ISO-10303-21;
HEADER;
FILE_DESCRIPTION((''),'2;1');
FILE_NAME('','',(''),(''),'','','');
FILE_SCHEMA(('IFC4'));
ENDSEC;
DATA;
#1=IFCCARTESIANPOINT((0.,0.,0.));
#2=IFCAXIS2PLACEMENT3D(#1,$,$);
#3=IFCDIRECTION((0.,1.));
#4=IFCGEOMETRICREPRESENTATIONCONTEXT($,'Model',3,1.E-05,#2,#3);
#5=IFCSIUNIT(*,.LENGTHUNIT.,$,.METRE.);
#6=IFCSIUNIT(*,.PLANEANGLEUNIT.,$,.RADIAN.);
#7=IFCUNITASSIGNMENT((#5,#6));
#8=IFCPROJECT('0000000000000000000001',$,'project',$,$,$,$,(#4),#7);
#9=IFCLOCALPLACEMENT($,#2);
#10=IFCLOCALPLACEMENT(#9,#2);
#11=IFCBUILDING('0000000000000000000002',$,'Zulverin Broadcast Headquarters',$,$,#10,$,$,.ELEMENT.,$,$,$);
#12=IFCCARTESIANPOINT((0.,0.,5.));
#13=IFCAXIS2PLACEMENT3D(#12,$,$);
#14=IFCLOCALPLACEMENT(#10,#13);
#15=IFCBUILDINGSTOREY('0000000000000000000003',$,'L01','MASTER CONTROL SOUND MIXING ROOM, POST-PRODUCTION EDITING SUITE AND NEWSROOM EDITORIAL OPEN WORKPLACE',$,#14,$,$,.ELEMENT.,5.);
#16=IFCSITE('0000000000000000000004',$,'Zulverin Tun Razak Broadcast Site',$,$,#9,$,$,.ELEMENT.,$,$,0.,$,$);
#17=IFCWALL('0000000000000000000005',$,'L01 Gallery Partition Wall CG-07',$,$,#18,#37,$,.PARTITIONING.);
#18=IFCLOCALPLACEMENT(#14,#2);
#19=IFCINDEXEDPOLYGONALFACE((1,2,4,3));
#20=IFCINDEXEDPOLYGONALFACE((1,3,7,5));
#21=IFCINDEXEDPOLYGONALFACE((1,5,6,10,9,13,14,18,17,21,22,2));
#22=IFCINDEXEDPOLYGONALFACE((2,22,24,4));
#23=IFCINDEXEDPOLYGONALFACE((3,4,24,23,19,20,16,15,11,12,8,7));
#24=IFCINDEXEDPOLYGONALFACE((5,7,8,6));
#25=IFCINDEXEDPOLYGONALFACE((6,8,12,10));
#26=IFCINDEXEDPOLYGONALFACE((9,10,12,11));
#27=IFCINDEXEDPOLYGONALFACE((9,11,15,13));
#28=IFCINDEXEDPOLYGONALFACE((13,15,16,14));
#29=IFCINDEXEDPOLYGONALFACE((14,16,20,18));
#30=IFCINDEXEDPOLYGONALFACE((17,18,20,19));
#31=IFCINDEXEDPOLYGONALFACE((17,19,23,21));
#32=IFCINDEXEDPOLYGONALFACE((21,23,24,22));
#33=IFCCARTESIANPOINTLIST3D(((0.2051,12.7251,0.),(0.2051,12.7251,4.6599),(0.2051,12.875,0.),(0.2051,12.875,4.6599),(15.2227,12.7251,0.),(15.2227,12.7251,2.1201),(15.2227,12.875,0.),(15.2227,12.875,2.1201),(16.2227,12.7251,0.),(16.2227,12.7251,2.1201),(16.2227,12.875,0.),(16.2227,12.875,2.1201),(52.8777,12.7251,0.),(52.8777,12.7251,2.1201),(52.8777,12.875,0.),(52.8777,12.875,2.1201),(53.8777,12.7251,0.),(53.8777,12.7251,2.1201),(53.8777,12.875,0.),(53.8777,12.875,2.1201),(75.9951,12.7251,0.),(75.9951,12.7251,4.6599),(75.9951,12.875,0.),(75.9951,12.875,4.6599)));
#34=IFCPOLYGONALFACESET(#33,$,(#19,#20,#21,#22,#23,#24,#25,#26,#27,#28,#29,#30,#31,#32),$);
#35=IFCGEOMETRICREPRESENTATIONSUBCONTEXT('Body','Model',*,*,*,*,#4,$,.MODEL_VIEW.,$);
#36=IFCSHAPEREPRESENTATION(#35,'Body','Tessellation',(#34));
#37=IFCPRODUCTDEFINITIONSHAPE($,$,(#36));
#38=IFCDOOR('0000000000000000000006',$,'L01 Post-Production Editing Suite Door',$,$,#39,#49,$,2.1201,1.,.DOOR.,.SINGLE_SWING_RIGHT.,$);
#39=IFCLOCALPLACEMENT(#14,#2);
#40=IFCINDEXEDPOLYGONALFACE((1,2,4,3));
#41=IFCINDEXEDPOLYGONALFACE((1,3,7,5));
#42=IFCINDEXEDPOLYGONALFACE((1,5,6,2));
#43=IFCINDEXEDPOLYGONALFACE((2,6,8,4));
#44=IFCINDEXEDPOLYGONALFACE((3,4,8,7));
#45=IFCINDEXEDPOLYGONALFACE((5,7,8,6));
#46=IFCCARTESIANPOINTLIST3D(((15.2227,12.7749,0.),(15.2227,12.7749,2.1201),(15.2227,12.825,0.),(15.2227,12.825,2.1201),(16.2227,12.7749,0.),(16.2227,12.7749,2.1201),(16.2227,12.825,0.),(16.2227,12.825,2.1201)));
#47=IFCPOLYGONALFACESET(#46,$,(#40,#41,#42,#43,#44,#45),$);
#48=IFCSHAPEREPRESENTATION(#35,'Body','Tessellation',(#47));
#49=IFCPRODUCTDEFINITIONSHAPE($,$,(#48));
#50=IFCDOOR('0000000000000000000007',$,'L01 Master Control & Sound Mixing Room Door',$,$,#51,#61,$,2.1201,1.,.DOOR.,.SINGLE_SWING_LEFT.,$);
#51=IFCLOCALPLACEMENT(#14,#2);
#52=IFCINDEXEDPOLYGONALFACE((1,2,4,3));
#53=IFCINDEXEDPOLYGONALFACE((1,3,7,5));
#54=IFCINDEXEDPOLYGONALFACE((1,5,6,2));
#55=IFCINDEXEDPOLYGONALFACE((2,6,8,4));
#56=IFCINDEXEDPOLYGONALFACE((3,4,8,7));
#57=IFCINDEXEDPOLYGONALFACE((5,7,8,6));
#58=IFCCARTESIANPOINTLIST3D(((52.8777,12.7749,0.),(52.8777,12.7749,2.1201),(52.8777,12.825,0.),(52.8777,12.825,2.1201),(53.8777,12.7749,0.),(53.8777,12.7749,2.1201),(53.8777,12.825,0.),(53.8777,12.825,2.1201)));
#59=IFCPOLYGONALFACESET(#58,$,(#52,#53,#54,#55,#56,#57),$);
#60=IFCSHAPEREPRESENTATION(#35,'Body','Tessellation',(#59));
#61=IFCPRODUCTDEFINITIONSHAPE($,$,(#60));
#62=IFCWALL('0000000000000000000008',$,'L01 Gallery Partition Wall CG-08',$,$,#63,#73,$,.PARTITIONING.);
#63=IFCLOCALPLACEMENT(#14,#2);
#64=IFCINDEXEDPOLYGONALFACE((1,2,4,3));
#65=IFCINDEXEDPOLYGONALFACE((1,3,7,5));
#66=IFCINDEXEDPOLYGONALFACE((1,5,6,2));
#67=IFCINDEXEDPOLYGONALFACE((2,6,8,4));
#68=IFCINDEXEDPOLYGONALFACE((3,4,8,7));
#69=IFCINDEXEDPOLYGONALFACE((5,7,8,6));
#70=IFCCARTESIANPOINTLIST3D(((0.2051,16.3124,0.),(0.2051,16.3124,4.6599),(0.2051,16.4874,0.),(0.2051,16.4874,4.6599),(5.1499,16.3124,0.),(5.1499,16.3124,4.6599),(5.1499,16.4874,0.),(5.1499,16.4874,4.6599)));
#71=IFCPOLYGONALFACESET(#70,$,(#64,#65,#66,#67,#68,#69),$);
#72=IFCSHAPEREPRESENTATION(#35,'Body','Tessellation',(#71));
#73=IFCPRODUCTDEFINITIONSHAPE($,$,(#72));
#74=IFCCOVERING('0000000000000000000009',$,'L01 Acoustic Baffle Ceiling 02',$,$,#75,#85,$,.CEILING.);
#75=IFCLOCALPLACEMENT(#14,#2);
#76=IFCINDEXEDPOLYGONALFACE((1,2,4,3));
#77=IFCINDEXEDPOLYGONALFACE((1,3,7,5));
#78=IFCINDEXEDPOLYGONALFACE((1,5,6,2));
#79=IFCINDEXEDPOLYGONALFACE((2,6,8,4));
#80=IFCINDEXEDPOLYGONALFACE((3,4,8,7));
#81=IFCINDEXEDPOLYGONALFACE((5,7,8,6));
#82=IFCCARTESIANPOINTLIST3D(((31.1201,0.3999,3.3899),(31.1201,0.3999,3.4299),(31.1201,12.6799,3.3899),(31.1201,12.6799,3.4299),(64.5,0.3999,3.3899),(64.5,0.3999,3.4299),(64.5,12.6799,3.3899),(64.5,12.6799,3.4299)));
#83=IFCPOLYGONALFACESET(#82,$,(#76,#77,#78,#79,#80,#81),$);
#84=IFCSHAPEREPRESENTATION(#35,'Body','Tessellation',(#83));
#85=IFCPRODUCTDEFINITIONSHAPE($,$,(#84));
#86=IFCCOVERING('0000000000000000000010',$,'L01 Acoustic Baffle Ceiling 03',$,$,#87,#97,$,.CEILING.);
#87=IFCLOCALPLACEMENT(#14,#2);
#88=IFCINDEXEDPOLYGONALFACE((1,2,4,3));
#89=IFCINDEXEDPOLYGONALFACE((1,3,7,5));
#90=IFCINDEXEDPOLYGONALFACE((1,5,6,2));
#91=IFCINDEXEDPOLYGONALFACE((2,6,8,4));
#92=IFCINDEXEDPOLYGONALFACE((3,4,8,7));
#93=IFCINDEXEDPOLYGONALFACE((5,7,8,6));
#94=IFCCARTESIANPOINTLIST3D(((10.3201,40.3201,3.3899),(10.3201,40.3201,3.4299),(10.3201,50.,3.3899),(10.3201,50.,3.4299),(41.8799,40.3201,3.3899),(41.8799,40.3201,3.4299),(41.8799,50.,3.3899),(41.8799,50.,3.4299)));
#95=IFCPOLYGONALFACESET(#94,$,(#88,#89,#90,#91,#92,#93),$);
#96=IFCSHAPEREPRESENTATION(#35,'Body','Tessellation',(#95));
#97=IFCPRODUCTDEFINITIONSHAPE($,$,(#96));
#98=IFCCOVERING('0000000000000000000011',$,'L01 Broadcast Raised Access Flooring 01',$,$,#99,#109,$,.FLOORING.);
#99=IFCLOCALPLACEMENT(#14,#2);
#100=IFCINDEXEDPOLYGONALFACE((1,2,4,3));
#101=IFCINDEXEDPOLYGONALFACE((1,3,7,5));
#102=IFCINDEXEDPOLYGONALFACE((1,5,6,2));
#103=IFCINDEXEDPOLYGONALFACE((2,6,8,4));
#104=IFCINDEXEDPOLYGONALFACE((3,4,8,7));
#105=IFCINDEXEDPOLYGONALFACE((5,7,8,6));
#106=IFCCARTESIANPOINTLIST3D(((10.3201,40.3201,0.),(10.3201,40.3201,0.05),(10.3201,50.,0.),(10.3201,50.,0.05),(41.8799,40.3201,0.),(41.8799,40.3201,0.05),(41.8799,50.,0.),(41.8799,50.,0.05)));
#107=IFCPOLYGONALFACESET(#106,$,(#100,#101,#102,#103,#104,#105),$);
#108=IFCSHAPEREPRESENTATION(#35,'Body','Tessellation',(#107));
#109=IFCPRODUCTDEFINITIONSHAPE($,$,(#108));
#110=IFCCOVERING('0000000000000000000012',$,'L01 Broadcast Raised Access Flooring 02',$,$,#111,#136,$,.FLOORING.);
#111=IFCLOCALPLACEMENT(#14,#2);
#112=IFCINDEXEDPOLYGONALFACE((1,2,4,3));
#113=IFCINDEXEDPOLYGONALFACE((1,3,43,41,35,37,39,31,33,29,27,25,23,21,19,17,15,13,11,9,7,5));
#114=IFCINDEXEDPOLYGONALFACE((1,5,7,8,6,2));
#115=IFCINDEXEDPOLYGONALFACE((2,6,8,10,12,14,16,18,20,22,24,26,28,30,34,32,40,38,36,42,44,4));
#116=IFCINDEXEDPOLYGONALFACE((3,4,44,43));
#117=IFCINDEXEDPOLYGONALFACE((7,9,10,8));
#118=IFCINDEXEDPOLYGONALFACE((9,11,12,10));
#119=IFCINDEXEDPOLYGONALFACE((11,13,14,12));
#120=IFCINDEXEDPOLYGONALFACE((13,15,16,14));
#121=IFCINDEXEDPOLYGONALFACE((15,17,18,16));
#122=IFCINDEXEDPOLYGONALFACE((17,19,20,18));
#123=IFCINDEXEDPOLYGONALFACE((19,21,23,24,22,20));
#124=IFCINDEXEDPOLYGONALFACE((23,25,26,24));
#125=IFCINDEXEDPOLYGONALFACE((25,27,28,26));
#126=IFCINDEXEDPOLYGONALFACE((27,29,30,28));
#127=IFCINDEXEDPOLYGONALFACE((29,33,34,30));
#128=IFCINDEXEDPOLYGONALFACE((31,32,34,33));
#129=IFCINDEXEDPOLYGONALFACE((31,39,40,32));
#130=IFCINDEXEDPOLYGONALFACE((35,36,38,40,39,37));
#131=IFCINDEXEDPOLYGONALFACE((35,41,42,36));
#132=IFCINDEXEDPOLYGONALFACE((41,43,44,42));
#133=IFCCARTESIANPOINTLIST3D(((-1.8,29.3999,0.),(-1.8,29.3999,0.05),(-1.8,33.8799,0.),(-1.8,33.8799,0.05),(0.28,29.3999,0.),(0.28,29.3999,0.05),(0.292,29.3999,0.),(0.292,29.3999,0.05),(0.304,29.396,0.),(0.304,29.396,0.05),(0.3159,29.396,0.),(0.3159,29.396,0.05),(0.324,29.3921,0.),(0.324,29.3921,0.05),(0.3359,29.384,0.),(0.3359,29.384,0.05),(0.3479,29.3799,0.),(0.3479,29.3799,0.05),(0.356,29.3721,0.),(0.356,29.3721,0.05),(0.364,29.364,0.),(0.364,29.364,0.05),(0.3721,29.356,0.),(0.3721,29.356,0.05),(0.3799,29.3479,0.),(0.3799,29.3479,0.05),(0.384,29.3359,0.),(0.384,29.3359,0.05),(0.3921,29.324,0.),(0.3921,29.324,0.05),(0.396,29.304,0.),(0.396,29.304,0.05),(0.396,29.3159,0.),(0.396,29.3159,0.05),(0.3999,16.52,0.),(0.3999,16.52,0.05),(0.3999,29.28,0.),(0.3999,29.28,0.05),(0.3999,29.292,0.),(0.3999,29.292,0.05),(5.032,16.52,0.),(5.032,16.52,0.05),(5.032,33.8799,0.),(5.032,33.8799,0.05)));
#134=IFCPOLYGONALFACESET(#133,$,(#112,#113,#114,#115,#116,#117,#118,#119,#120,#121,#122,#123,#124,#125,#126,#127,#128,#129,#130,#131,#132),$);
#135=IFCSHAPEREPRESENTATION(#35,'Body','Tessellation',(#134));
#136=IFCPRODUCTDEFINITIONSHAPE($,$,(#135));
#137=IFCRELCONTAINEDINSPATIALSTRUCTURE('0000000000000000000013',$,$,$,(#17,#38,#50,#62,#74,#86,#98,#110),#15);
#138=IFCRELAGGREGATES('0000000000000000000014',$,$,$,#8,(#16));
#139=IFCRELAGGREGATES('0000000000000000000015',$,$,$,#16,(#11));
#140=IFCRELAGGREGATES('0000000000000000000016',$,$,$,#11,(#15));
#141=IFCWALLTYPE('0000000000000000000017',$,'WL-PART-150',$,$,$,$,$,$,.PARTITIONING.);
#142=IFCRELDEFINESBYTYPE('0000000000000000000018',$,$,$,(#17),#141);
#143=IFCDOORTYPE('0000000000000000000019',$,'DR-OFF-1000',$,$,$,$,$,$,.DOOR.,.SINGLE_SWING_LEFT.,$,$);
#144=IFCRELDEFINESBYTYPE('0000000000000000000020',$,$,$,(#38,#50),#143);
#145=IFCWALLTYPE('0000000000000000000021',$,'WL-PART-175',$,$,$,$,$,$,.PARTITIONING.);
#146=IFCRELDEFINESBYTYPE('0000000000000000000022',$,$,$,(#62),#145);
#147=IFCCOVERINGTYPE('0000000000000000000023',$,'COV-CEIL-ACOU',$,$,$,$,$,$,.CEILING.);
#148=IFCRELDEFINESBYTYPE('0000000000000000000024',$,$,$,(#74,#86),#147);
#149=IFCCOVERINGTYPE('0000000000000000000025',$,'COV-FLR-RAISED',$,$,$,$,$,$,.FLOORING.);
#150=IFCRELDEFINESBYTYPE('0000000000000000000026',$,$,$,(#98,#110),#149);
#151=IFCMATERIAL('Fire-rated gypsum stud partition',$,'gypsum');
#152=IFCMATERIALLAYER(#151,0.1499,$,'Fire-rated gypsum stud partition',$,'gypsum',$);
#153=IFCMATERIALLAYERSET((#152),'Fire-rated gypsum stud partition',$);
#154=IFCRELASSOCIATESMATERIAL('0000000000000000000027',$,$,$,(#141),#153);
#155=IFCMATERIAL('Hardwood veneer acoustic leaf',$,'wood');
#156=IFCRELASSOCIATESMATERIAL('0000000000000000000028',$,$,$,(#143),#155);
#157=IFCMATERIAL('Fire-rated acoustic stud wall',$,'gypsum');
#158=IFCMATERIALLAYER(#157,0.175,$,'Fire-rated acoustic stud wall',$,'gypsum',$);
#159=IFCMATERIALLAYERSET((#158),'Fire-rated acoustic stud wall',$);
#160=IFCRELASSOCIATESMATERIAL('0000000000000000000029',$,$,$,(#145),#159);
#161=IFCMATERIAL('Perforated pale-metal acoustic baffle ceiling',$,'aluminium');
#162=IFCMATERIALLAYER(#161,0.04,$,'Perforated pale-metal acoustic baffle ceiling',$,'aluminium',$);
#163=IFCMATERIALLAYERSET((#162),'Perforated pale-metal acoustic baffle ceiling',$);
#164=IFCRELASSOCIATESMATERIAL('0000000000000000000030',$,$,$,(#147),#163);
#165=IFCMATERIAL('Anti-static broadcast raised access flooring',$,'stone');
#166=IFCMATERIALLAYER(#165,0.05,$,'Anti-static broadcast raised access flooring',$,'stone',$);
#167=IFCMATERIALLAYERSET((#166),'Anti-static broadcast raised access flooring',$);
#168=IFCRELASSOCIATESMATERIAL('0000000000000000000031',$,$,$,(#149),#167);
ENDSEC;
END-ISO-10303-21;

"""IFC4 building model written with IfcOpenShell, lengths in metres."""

from ifc_helpers import new_model, si_unit, direction, frame, frame_2d, origin, place, context, subcontext, project, spatial, polyline, rectangle, outline, extrude, material, layer, layer_set, type_object, element, fill, save


model = new_model("IFC4")

# Units and contexts
model_context = context("Model", 3, precision=1e-05, world=origin(), true_north=direction((0.0, 1.0)))
body_context = subcontext(model_context, "Body", "Model", "MODEL_VIEW")
ifc_project = project(units=[si_unit("LENGTHUNIT", "METRE"), si_unit("PLANEANGLEUNIT", "RADIAN")], contexts=[model_context])

# Site, building, storey
site_placement = place(None, origin())
site = spatial("IfcSite", under=ifc_project, at=site_placement, Name="Zulverin Tun Razak Broadcast Site", CompositionType="ELEMENT", RefElevation=0.0)
building_placement = place(site_placement, origin())
building = spatial("IfcBuilding", under=site, at=building_placement, Name="Zulverin Broadcast Headquarters", CompositionType="ELEMENT")
storey_placement = place(building_placement, frame((0.0, 0.0, 5.0)))
storey = spatial("IfcBuildingStorey", under=building, at=storey_placement, Name="L01", Description="MASTER CONTROL SOUND MIXING ROOM, POST-PRODUCTION EDITING SUITE AND NEWSROOM EDITORIAL OPEN WORKPLACE", CompositionType="ELEMENT", Elevation=5.0)

# Wall, openings, doors
ifc_material_1 = material(Name="Fire-rated gypsum stud partition", Category="gypsum")
ifc_layer_1 = layer(ifc_material_1, 0.1499, Name="Fire-rated gypsum stud partition", Category="gypsum")
ifc_layer_set_1 = layer_set([ifc_layer_1], Name="Fire-rated gypsum stud partition")
wall_type_1 = type_object("IfcWallType", Name="WL-PART-150", PredefinedType="PARTITIONING", material=ifc_layer_set_1)
wall_1_placement = place(storey_placement, frame((0.2051, 12.8, 0.0), z_axis=(0.0, 0.0, 1.0), x_axis=(1.0, 0.0, 0.0)))
wall_1 = element("IfcWall", 1, at=wall_1_placement, inside=storey, type_object=wall_type_1, Name="L01 Gallery Partition Wall CG-07", PredefinedType="PARTITIONING", context=body_context, shape_type="SweptSolid", body=[
    extrude(rectangle(XDim=75.79, YDim=0.1499, at=frame_2d((37.895, 0.0))), origin(), (0.0, 0.0, 1.0), 4.6599),
])
opening_1_placement = place(wall_1_placement, frame((15.0176, 0.0, 0.0)))
opening_1 = element("IfcOpeningElement", 2, at=opening_1_placement, cuts=wall_1, PredefinedType="OPENING", context=body_context, shape_type="SweptSolid", body=[
    extrude(rectangle(XDim=1.0, YDim=2.1201, at=frame_2d((0.5, 1.0601))), frame((0.0, 0.085, 0.0), z_axis=(0.0, -1.0, 0.0), x_axis=(1.0, 0.0, 0.0)), (0.0, 0.0, 1.0), 0.1699),
])
opening_2_placement = place(wall_1_placement, frame((52.6726, 0.0, 0.0)))
opening_2 = element("IfcOpeningElement", 3, at=opening_2_placement, cuts=wall_1, PredefinedType="OPENING", context=body_context, shape_type="SweptSolid", body=[
    extrude(rectangle(XDim=1.0, YDim=2.1201, at=frame_2d((0.5, 1.0601))), frame((0.0, 0.085, 0.0), z_axis=(0.0, -1.0, 0.0), x_axis=(1.0, 0.0, 0.0)), (0.0, 0.0, 1.0), 0.1699),
])
ifc_material_2 = material(Name="Hardwood veneer acoustic leaf", Category="wood")
door_type = type_object("IfcDoorType", Name="DR-OFF-1000", OperationType="SINGLE_SWING_LEFT", PredefinedType="DOOR", material=ifc_material_2)
door_1_placement = place(opening_1_placement, origin())
door_1 = element("IfcDoor", 4, at=door_1_placement, inside=storey, type_object=door_type, Name="L01 Post-Production Editing Suite Door", OperationType="SINGLE_SWING_RIGHT", OverallHeight=2.1201, OverallWidth=1.0, PredefinedType="DOOR", context=body_context, shape_type="SweptSolid", body=[
    extrude(rectangle(XDim=1.0, YDim=2.1201, at=frame_2d((0.5, 1.0601))), frame((0.0, 0.0249, 0.0), z_axis=(0.0, -1.0, 0.0), x_axis=(1.0, 0.0, 0.0)), (0.0, 0.0, 1.0), 0.05),
])
fill(opening_1, door_1)
door_2_placement = place(opening_2_placement, origin())
door_2 = element("IfcDoor", 5, at=door_2_placement, inside=storey, type_object=door_type, Name="L01 Master Control & Sound Mixing Room Door", OperationType="SINGLE_SWING_LEFT", OverallHeight=2.1201, OverallWidth=1.0, PredefinedType="DOOR", context=body_context, shape_type="SweptSolid", body=[
    extrude(rectangle(XDim=1.0, YDim=2.1201, at=frame_2d((0.5, 1.0601))), frame((0.0, 0.0249, 0.0), z_axis=(0.0, -1.0, 0.0), x_axis=(1.0, 0.0, 0.0)), (0.0, 0.0, 1.0), 0.05),
])
fill(opening_2, door_2)

# Wall
ifc_material_3 = material(Name="Fire-rated acoustic stud wall", Category="gypsum")
ifc_layer_2 = layer(ifc_material_3, 0.175, Name="Fire-rated acoustic stud wall", Category="gypsum")
ifc_layer_set_2 = layer_set([ifc_layer_2], Name="Fire-rated acoustic stud wall")
wall_type_2 = type_object("IfcWallType", Name="WL-PART-175", PredefinedType="PARTITIONING", material=ifc_layer_set_2)
wall_2_placement = place(storey_placement, frame((0.2051, 16.3999, 0.0), z_axis=(0.0, 0.0, 1.0), x_axis=(1.0, 0.0, 0.0)))
element("IfcWall", 6, at=wall_2_placement, inside=storey, type_object=wall_type_2, Name="L01 Gallery Partition Wall CG-08", PredefinedType="PARTITIONING", context=body_context, shape_type="SweptSolid", body=[
    extrude(rectangle(XDim=4.9448, YDim=0.175, at=frame_2d((2.4724, 0.0))), origin(), (0.0, 0.0, 1.0), 4.6599),
])

# Coverings
ifc_material_4 = material(Name="Perforated pale-metal acoustic baffle ceiling", Category="aluminium")
ifc_layer_3 = layer(ifc_material_4, 0.04, Name="Perforated pale-metal acoustic baffle ceiling", Category="aluminium")
ifc_layer_set_3 = layer_set([ifc_layer_3], Name="Perforated pale-metal acoustic baffle ceiling")
covering_type_1 = type_object("IfcCoveringType", Name="COV-CEIL-ACOU", PredefinedType="CEILING", material=ifc_layer_set_3)
covering_1_placement = place(storey_placement, frame((0.0, 0.0, 3.3899)))
element("IfcCovering", 7, at=covering_1_placement, inside=storey, type_object=covering_type_1, Name="L01 Acoustic Baffle Ceiling 02", PredefinedType="CEILING", context=body_context, shape_type="SweptSolid", body=[
    extrude(outline(polyline([(31.1201, 12.6799), (31.1201, 0.3999), (64.5, 0.3999), (64.5, 12.6799), (31.1201, 12.6799)])), origin(), (0.0, 0.0, 1.0), 0.04),
])
covering_2_placement = place(storey_placement, frame((0.0, 0.0, 3.3899)))
element("IfcCovering", 8, at=covering_2_placement, inside=storey, type_object=covering_type_1, Name="L01 Acoustic Baffle Ceiling 03", PredefinedType="CEILING", context=body_context, shape_type="SweptSolid", body=[
    extrude(outline(polyline([(41.8799, 50.0), (10.3201, 50.0), (10.3201, 40.3201), (41.8799, 40.3201), (41.8799, 50.0)])), origin(), (0.0, 0.0, 1.0), 0.04),
])
ifc_material_5 = material(Name="Anti-static broadcast raised access flooring", Category="stone")
ifc_layer_4 = layer(ifc_material_5, 0.05, Name="Anti-static broadcast raised access flooring", Category="stone")
ifc_layer_set_4 = layer_set([ifc_layer_4], Name="Anti-static broadcast raised access flooring")
covering_type_2 = type_object("IfcCoveringType", Name="COV-FLR-RAISED", PredefinedType="FLOORING", material=ifc_layer_set_4)
covering_3_placement = place(storey_placement, origin())
element("IfcCovering", 9, at=covering_3_placement, inside=storey, type_object=covering_type_2, Name="L01 Broadcast Raised Access Flooring 01", PredefinedType="FLOORING", context=body_context, shape_type="SweptSolid", body=[
    extrude(outline(polyline([(41.8799, 50.0), (10.3201, 50.0), (10.3201, 40.3201), (41.8799, 40.3201), (41.8799, 50.0)])), origin(), (0.0, 0.0, 1.0), 0.05),
])
covering_4_placement = place(storey_placement, origin())
element("IfcCovering", 10, at=covering_4_placement, inside=storey, type_object=covering_type_2, Name="L01 Broadcast Raised Access Flooring 02", PredefinedType="FLOORING", context=body_context, shape_type="SweptSolid", body=[
    extrude(outline(polyline([(5.032, 16.52), (5.032, 33.8799), (-1.8, 33.8799), (-1.8, 29.3999), (0.28, 29.3999), (0.292, 29.3999), (0.304, 29.396), (0.3159, 29.396), (0.324, 29.3921), (0.3359, 29.384), (0.3479, 29.3799), (0.356, 29.3721), (0.364, 29.364), (0.3721, 29.356), (0.3799, 29.3479), (0.384, 29.3359), (0.3921, 29.324), (0.396, 29.3159), (0.396, 29.304), (0.3999, 29.292), (0.3999, 29.28), (0.3999, 16.52), (5.032, 16.52)])), origin(), (0.0, 0.0, 1.0), 0.05),
])

save(model, "model.ifc")
